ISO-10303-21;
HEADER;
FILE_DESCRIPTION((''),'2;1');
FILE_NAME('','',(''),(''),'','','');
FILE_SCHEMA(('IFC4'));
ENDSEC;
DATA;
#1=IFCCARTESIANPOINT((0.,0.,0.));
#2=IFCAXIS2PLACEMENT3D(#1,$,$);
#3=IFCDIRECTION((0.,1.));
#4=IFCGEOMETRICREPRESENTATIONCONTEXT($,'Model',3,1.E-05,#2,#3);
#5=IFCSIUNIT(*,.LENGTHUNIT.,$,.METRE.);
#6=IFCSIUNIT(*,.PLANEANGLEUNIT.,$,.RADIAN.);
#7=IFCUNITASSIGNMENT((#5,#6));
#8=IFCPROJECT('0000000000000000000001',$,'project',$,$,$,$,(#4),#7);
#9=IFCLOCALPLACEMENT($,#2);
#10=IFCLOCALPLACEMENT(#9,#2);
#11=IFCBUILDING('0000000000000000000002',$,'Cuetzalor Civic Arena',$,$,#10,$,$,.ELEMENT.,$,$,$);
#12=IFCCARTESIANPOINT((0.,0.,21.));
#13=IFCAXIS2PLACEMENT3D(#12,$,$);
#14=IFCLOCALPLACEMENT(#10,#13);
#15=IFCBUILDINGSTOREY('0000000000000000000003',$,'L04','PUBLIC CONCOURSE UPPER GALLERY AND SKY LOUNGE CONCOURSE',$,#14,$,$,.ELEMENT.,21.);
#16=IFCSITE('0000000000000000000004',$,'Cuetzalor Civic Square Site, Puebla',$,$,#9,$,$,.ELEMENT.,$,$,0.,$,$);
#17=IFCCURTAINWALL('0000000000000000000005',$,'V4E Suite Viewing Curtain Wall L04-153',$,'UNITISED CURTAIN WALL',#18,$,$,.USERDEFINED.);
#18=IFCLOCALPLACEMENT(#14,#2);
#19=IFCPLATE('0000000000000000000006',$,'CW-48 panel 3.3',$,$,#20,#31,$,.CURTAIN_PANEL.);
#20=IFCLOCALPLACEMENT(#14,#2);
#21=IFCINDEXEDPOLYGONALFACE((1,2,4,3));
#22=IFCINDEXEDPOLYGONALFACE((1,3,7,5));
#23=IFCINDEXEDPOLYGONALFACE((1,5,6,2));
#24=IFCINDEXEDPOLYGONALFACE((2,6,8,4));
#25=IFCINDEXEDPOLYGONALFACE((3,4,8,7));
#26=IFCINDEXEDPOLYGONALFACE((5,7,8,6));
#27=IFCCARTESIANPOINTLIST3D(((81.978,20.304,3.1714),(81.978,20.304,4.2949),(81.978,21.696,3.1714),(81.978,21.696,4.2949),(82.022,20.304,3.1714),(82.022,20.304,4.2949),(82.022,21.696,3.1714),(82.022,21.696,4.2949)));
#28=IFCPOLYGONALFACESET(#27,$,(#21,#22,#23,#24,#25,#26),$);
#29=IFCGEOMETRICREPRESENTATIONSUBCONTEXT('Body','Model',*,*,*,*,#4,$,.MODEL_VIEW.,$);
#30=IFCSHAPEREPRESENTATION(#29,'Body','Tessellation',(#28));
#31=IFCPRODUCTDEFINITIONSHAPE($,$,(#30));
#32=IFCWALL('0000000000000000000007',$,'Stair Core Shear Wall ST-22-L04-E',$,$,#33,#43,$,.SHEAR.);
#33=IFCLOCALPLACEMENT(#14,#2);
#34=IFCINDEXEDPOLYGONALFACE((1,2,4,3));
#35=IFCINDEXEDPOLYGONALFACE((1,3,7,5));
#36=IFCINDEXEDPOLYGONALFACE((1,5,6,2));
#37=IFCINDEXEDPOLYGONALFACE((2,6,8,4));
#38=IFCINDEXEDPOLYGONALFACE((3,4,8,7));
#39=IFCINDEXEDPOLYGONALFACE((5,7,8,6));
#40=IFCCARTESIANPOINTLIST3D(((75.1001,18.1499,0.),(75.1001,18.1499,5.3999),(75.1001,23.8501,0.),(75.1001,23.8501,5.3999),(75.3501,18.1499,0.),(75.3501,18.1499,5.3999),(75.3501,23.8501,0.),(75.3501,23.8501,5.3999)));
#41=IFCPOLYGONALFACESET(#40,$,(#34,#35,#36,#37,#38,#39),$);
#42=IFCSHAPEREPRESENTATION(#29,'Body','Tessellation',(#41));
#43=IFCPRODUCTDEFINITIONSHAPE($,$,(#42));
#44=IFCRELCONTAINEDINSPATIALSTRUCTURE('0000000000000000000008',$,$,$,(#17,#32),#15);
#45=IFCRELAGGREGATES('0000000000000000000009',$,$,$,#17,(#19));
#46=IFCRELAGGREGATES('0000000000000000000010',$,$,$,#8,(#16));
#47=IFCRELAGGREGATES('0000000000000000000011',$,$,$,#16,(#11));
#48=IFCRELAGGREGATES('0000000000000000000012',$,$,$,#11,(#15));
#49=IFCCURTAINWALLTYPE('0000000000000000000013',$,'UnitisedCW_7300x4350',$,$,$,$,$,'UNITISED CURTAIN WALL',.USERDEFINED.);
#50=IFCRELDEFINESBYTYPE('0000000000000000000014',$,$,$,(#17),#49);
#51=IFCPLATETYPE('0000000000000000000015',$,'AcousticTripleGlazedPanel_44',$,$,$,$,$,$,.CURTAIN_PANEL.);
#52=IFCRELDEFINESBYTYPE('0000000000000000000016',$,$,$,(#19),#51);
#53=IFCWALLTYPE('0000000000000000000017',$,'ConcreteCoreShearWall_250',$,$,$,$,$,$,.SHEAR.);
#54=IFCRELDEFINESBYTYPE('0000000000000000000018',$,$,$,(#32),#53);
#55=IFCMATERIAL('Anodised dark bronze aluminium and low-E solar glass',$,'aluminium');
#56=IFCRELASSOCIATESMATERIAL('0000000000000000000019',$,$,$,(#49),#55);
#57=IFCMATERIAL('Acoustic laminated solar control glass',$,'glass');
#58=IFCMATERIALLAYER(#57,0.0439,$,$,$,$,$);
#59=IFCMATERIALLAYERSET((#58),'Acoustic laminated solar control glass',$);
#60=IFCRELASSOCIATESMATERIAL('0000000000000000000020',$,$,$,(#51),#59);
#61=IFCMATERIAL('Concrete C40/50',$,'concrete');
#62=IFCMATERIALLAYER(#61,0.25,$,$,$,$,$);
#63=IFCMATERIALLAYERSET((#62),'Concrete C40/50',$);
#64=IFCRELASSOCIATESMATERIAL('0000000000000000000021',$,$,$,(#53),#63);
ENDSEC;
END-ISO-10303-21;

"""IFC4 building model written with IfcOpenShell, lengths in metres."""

from ifc_helpers import new_model, si_unit, direction, frame, frame_2d, origin, origin_2d, place, context, subcontext, project, spatial, rectangle, extrude, material, layer, layer_set, type_object, element, aggregate, save


model = new_model("IFC4")

# Units and contexts
model_context = context("Model", 3, precision=1e-05, world=origin(), true_north=direction((0.0, 1.0)))
body_context = subcontext(model_context, "Body", "Model", "MODEL_VIEW")
ifc_project = project(units=[si_unit("LENGTHUNIT", "METRE"), si_unit("PLANEANGLEUNIT", "RADIAN")], contexts=[model_context])

# Site, building, storey
site_placement = place(None, origin())
site = spatial("IfcSite", under=ifc_project, at=site_placement, Name="Cuetzalor Civic Square Site, Puebla", CompositionType="ELEMENT", RefElevation=0.0)
building_placement = place(site_placement, origin())
building = spatial("IfcBuilding", under=site, at=building_placement, Name="Cuetzalor Civic Arena", CompositionType="ELEMENT")
storey_placement = place(building_placement, frame((0.0, 0.0, 21.0)))
storey = spatial("IfcBuildingStorey", under=building, at=storey_placement, Name="L04", Description="PUBLIC CONCOURSE UPPER GALLERY AND SKY LOUNGE CONCOURSE", CompositionType="ELEMENT", Elevation=21.0)

# Curtain wall
ifc_material_1 = material(Name="Anodised dark bronze aluminium and low-E solar glass", Category="aluminium")
curtain_wall_type = type_object("IfcCurtainWallType", Name="UnitisedCW_7300x4350", ElementType="UNITISED CURTAIN WALL", PredefinedType="USERDEFINED", material=ifc_material_1)
curtain_wall_placement = place(storey_placement, origin())
curtain_wall = element("IfcCurtainWall", 1, at=curtain_wall_placement, inside=storey, type_object=curtain_wall_type, Name="V4E Suite Viewing Curtain Wall L04-153", ObjectType="UNITISED CURTAIN WALL", PredefinedType="USERDEFINED")

# Plate
ifc_material_2 = material(Name="Acoustic laminated solar control glass", Category="glass")
ifc_layer_1 = layer(ifc_material_2, 0.0439)
ifc_layer_set_1 = layer_set([ifc_layer_1], Name="Acoustic laminated solar control glass")
plate_type = type_object("IfcPlateType", Name="AcousticTripleGlazedPanel_44", PredefinedType="CURTAIN_PANEL", material=ifc_layer_set_1)
plate_1_placement = place(storey_placement, frame((82.0, 21.0, 3.1714), z_axis=(0.0, 0.0, 1.0), x_axis=(0.0, -1.0, 0.0)))
plate_1 = element("IfcPlate", 2, at=plate_1_placement, type_object=plate_type, Name="CW-48 panel 3.3", PredefinedType="CURTAIN_PANEL", context=body_context, shape_type="SweptSolid", body=[
    extrude(rectangle(XDim=1.3921, YDim=0.0439, at=origin_2d()), origin(), (0.0, 0.0, 1.0), 1.1235),
])
aggregate(curtain_wall, [plate_1])

# Wall
ifc_material_3 = material(Name="Concrete C40/50", Category="concrete")
ifc_layer_2 = layer(ifc_material_3, 0.25)
ifc_layer_set_2 = layer_set([ifc_layer_2], Name="Concrete C40/50")
wall_type = type_object("IfcWallType", Name="ConcreteCoreShearWall_250", PredefinedType="SHEAR", material=ifc_layer_set_2)
wall_placement = place(storey_placement, frame((75.2251, 23.8501, 0.0), z_axis=(0.0, 0.0, 1.0), x_axis=(0.0, -1.0, 0.0)))
element("IfcWall", 3, at=wall_placement, inside=storey, type_object=wall_type, Name="Stair Core Shear Wall ST-22-L04-E", PredefinedType="SHEAR", context=body_context, shape_type="SweptSolid", body=[
    extrude(rectangle(XDim=5.7002, YDim=0.25, at=frame_2d((2.8501, 0.0))), origin(), (0.0, 0.0, 1.0), 5.3999),
])

save(model, "model.ifc")
